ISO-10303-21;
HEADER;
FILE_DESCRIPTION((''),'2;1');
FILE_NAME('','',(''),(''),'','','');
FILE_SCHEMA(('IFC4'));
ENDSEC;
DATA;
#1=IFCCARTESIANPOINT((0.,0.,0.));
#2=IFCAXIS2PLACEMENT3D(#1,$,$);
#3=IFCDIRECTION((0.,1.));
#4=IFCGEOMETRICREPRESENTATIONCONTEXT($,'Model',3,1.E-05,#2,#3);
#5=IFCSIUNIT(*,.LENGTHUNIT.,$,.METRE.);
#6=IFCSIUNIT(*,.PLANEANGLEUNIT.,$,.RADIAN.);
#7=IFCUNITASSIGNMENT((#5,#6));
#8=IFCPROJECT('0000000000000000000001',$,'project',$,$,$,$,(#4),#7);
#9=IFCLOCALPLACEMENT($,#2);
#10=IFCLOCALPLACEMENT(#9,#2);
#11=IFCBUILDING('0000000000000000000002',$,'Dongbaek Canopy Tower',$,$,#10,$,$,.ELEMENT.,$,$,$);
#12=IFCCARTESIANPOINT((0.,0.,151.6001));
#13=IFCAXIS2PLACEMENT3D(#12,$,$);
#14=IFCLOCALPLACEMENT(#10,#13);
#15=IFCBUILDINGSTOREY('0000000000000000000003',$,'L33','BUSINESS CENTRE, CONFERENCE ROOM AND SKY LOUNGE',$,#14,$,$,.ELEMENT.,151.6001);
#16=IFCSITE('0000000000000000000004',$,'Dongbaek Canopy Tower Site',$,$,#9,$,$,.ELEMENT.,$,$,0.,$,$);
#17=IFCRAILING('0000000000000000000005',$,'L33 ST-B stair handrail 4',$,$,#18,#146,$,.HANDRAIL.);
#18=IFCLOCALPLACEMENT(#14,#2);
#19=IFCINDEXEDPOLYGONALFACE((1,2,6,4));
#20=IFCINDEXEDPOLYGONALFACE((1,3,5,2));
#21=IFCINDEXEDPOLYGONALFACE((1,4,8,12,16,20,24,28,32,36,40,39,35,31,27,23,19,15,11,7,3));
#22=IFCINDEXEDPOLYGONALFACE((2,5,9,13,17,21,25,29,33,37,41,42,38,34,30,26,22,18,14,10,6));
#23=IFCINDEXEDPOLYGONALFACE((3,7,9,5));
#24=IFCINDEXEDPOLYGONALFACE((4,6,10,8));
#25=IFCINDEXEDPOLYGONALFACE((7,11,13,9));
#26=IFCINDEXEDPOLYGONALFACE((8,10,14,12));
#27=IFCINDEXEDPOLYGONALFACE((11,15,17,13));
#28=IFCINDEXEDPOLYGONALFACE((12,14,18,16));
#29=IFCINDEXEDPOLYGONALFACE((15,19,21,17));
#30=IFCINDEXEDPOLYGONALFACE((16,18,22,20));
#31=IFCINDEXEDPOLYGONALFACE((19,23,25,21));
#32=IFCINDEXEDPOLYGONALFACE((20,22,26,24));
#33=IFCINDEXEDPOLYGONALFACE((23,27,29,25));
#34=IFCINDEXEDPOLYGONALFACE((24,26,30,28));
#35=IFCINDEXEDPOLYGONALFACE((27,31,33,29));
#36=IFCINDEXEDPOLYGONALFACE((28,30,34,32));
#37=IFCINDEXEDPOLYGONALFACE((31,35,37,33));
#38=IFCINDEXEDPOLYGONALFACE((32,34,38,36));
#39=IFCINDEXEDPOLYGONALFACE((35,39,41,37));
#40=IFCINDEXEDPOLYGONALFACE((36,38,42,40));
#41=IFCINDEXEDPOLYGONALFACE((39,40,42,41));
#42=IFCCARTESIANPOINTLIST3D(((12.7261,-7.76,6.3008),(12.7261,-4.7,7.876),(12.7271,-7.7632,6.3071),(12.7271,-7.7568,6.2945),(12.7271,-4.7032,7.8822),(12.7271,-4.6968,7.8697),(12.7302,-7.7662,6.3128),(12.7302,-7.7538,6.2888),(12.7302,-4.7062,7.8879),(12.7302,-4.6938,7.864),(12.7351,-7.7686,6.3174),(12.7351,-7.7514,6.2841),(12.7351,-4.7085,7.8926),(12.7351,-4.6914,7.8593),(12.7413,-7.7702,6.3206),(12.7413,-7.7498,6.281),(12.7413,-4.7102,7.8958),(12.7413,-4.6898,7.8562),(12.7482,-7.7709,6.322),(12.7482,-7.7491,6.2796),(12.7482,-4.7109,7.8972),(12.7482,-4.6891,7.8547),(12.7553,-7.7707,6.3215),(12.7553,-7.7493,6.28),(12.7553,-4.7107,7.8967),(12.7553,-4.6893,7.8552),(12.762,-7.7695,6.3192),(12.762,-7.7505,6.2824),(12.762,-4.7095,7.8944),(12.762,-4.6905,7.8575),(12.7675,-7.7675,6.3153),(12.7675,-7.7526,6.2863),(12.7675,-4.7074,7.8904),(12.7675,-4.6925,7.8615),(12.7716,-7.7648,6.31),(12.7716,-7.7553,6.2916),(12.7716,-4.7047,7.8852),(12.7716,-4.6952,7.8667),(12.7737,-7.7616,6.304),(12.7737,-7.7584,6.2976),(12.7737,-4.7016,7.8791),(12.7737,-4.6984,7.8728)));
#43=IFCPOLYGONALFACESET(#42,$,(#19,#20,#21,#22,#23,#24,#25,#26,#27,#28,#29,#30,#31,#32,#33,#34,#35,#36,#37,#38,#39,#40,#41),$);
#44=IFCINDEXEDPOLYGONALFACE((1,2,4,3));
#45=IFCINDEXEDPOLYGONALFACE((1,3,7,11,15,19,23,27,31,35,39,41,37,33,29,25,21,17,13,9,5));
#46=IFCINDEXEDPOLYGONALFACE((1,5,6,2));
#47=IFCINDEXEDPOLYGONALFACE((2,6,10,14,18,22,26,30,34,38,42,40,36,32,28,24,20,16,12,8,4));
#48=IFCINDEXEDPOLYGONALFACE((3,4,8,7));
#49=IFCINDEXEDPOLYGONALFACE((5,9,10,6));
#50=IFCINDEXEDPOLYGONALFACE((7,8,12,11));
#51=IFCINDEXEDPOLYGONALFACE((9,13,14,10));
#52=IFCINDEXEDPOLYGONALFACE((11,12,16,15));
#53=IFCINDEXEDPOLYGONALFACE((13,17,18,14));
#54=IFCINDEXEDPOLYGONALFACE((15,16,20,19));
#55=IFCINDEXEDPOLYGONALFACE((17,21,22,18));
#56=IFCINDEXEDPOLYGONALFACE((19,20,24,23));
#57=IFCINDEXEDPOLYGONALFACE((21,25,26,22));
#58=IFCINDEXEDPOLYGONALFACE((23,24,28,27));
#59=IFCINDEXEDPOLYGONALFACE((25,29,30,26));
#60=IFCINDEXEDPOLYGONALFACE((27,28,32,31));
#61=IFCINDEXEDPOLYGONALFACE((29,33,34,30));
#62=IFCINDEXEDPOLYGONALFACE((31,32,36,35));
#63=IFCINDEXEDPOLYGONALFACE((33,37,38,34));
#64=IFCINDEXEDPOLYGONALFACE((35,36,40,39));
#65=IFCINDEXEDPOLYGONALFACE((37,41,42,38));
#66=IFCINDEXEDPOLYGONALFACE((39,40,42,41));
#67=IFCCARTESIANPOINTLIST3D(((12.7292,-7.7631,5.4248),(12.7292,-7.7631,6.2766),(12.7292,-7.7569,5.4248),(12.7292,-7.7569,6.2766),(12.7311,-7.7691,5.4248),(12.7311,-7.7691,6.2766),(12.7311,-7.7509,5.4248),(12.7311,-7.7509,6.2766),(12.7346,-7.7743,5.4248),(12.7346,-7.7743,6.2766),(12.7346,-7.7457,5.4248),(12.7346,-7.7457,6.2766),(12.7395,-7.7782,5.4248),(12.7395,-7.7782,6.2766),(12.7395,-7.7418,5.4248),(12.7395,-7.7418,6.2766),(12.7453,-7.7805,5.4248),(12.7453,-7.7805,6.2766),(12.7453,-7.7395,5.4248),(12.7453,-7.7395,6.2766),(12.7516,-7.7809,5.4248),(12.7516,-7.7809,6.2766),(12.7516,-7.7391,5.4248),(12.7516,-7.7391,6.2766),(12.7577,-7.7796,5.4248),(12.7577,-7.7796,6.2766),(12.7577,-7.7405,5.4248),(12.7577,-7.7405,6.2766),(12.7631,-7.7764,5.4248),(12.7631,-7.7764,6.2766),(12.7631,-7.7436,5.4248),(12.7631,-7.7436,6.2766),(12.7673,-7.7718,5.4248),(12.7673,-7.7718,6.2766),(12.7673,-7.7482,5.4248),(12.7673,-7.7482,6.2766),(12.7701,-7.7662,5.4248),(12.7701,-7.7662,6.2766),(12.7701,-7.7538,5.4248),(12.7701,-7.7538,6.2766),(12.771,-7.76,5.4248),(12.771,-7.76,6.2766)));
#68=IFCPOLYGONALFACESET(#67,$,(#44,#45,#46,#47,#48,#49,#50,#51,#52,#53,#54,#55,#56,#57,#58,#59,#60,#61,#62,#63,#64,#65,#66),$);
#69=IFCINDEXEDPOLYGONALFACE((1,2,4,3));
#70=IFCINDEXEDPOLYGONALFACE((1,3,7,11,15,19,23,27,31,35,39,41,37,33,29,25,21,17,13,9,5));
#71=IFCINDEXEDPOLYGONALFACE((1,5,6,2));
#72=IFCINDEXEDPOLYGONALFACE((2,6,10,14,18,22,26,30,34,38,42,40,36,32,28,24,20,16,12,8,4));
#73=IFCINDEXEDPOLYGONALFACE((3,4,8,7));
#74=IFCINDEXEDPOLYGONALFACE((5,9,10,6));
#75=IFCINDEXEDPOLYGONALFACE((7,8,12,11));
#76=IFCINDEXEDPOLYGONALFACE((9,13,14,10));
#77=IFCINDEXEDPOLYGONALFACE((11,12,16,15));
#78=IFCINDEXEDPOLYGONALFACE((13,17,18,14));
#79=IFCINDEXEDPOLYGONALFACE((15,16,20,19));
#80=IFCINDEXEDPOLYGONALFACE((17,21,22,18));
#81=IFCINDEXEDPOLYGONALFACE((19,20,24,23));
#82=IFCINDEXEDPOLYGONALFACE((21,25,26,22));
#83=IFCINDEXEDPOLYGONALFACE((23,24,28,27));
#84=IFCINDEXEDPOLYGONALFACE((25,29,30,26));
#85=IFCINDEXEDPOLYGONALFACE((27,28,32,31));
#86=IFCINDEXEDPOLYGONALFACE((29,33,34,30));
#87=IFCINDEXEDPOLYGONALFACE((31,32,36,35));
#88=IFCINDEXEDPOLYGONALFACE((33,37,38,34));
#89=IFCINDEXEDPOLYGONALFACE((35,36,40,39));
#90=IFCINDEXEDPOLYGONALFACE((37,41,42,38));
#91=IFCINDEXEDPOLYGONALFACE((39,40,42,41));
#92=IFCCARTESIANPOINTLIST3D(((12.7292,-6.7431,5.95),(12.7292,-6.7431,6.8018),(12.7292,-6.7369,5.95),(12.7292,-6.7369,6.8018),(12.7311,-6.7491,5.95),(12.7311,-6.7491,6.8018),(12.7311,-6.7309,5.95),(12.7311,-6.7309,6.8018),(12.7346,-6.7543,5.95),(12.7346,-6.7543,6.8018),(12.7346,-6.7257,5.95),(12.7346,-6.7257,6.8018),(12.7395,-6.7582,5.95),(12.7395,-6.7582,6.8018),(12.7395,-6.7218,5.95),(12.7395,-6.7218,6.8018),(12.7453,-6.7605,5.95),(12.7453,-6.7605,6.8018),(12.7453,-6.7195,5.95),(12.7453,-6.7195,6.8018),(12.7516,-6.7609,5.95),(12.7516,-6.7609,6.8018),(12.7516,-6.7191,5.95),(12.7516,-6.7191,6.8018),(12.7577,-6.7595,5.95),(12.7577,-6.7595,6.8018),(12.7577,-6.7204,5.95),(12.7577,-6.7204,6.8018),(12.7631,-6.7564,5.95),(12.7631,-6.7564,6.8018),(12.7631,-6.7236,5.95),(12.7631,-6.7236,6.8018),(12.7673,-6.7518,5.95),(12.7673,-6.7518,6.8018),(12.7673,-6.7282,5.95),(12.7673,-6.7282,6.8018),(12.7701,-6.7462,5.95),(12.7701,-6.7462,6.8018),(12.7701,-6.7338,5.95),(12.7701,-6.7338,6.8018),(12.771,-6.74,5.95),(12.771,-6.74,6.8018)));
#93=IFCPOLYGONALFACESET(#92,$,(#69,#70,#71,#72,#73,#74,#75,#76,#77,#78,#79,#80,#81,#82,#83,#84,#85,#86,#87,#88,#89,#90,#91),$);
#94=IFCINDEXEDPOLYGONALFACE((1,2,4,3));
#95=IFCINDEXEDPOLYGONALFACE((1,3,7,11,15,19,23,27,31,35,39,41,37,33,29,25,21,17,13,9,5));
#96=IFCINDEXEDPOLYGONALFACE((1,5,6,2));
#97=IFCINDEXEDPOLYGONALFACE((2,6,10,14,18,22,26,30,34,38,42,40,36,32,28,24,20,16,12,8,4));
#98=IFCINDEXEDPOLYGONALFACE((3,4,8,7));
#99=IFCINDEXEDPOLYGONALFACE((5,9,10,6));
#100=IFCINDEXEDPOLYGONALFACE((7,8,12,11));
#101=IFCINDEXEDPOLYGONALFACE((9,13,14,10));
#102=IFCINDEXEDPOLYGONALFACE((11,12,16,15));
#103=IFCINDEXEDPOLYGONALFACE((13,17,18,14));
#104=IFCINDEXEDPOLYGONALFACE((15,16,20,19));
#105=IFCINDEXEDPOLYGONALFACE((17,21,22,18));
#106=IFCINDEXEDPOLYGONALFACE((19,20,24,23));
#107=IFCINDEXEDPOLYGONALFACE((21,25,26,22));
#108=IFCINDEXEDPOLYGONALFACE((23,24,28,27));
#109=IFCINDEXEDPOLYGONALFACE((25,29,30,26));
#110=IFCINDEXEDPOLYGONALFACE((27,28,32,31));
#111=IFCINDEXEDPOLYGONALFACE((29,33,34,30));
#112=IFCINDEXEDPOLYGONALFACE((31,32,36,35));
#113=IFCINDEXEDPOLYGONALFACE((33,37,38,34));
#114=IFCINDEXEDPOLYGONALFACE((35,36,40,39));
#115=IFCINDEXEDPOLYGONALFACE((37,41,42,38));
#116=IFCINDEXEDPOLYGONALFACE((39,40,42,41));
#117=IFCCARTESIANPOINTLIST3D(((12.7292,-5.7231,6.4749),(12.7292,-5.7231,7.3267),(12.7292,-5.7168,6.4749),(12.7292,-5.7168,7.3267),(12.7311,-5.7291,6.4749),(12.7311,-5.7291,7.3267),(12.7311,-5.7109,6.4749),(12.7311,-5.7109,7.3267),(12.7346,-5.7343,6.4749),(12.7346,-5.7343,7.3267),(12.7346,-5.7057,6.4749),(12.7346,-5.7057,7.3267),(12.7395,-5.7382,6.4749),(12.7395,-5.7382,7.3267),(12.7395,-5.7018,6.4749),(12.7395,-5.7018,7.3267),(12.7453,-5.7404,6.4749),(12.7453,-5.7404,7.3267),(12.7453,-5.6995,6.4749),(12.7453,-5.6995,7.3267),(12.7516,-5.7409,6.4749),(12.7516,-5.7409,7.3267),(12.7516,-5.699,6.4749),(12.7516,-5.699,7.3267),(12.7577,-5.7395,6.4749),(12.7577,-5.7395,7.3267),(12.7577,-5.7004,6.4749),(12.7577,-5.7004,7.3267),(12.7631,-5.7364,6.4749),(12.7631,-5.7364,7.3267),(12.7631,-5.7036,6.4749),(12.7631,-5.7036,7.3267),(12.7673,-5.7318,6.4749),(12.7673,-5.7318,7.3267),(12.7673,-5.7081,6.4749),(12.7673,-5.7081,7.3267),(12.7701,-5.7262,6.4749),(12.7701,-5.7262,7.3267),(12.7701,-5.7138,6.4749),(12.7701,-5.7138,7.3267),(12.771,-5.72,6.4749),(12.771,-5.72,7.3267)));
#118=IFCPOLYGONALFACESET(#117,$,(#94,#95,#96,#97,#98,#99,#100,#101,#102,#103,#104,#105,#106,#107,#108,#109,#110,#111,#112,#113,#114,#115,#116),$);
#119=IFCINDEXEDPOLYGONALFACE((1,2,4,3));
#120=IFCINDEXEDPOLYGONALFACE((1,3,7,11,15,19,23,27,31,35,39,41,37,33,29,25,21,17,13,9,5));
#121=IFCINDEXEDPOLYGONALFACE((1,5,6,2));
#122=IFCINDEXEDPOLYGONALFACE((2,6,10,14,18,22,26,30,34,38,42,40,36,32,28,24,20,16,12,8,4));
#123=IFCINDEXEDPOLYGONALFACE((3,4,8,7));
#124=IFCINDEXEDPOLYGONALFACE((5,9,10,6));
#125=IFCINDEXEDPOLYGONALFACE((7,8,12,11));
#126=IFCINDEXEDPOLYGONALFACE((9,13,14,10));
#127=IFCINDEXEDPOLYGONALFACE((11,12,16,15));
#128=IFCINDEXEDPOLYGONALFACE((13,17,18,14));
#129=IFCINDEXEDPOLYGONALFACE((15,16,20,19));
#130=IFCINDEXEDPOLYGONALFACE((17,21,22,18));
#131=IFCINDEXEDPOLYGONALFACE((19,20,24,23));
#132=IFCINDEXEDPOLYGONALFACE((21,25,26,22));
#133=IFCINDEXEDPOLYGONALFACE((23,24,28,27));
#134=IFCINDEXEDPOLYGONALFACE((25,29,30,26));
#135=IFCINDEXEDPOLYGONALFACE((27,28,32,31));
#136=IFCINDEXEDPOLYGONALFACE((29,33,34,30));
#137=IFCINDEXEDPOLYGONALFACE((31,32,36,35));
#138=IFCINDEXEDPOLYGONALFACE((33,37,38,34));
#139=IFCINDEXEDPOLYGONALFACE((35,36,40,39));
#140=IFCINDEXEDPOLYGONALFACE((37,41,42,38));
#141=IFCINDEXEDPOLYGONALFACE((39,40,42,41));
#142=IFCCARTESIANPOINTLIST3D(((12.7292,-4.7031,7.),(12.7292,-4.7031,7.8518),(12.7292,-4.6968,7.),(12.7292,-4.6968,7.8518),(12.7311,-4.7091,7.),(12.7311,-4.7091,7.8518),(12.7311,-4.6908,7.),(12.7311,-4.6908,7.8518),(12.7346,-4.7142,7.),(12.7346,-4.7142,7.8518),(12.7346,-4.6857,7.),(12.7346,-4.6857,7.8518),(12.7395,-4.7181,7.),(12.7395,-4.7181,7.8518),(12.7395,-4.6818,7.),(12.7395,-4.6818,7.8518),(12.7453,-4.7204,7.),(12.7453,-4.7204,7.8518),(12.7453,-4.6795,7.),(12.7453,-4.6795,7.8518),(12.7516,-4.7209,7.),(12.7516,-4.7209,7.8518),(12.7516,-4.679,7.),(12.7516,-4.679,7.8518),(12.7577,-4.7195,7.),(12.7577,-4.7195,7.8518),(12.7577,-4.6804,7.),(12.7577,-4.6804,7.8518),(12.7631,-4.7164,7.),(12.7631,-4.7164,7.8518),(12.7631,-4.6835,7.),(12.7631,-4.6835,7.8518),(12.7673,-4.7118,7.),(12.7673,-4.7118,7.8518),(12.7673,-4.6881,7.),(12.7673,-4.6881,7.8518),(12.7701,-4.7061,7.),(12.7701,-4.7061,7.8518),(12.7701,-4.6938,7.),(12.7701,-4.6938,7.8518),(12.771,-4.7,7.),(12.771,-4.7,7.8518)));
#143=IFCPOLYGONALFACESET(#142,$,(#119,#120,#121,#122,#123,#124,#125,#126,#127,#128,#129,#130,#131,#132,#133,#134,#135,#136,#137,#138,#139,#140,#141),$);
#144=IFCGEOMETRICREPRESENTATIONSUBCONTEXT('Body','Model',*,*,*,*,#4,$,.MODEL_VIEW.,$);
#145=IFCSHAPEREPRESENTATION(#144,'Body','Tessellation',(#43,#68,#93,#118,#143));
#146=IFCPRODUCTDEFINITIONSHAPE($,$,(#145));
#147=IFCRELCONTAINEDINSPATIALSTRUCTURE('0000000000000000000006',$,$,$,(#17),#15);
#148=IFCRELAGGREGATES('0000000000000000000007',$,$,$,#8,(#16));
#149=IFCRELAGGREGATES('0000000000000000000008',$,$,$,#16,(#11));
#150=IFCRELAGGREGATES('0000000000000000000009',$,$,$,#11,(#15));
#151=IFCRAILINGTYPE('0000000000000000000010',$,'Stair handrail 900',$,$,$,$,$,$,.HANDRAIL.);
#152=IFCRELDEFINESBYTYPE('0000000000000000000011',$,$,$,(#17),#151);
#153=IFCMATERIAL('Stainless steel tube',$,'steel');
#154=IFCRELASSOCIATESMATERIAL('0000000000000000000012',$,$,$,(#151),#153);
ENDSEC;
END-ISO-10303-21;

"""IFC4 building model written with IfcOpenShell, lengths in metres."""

from ifc_helpers import new_model, si_unit, direction, frame, origin, origin_2d, place, context, subcontext, project, spatial, circle, extrude, material, type_object, element, save


model = new_model("IFC4")

# Units and contexts
model_context = context("Model", 3, precision=1e-05, world=origin(), true_north=direction((0.0, 1.0)))
body_context = subcontext(model_context, "Body", "Model", "MODEL_VIEW")
ifc_project = project(units=[si_unit("LENGTHUNIT", "METRE"), si_unit("PLANEANGLEUNIT", "RADIAN")], contexts=[model_context])

# Site, building, storey
site_placement = place(None, origin())
site = spatial("IfcSite", under=ifc_project, at=site_placement, Name="Dongbaek Canopy Tower Site", CompositionType="ELEMENT", RefElevation=0.0)
building_placement = place(site_placement, origin())
building = spatial("IfcBuilding", under=site, at=building_placement, Name="Dongbaek Canopy Tower", CompositionType="ELEMENT")
storey_placement = place(building_placement, frame((0.0, 0.0, 151.6001)))
storey = spatial("IfcBuildingStorey", under=building, at=storey_placement, Name="L33", Description="BUSINESS CENTRE, CONFERENCE ROOM AND SKY LOUNGE", CompositionType="ELEMENT", Elevation=151.6001)

# Railing
ifc_material_1 = material(Name="Stainless steel tube", Category="steel")
railing_type_1 = type_object("IfcRailingType", Name="Stair handrail 900", PredefinedType="HANDRAIL", material=ifc_material_1)
for number, where, name in (
    (1, (12.75, -7.76, 5.4248), "L33 ST-B stair handrail 4"),
):
    element("IfcRailing", number, at=place(storey_placement, frame(where)), inside=storey, type_object=railing_type_1, Name=name, PredefinedType="HANDRAIL", context=body_context, shape_type="SweptSolid", body=[
        extrude(circle(Radius=0.0239, at=origin_2d()), frame((0.0, 0.0, 0.876), z_axis=(0.0, 0.889116, 0.457681), x_axis=(-1.0, 0.0, 0.0)), (0.0, 0.0, 1.0), 3.4417),
        extrude(circle(Radius=0.021, at=origin_2d()), origin(), (0.0, 0.0, 1.0), 0.8518),
        extrude(circle(Radius=0.021, at=origin_2d()), frame((0.0, 1.02, 0.5251)), (0.0, 0.0, 1.0), 0.8518),
        extrude(circle(Radius=0.021, at=origin_2d()), frame((0.0, 2.04, 1.05)), (0.0, 0.0, 1.0), 0.8518),
        extrude(circle(Radius=0.021, at=origin_2d()), frame((0.0, 3.0601, 1.5752)), (0.0, 0.0, 1.0), 0.8518),
    ])

save(model, "model.ifc")
